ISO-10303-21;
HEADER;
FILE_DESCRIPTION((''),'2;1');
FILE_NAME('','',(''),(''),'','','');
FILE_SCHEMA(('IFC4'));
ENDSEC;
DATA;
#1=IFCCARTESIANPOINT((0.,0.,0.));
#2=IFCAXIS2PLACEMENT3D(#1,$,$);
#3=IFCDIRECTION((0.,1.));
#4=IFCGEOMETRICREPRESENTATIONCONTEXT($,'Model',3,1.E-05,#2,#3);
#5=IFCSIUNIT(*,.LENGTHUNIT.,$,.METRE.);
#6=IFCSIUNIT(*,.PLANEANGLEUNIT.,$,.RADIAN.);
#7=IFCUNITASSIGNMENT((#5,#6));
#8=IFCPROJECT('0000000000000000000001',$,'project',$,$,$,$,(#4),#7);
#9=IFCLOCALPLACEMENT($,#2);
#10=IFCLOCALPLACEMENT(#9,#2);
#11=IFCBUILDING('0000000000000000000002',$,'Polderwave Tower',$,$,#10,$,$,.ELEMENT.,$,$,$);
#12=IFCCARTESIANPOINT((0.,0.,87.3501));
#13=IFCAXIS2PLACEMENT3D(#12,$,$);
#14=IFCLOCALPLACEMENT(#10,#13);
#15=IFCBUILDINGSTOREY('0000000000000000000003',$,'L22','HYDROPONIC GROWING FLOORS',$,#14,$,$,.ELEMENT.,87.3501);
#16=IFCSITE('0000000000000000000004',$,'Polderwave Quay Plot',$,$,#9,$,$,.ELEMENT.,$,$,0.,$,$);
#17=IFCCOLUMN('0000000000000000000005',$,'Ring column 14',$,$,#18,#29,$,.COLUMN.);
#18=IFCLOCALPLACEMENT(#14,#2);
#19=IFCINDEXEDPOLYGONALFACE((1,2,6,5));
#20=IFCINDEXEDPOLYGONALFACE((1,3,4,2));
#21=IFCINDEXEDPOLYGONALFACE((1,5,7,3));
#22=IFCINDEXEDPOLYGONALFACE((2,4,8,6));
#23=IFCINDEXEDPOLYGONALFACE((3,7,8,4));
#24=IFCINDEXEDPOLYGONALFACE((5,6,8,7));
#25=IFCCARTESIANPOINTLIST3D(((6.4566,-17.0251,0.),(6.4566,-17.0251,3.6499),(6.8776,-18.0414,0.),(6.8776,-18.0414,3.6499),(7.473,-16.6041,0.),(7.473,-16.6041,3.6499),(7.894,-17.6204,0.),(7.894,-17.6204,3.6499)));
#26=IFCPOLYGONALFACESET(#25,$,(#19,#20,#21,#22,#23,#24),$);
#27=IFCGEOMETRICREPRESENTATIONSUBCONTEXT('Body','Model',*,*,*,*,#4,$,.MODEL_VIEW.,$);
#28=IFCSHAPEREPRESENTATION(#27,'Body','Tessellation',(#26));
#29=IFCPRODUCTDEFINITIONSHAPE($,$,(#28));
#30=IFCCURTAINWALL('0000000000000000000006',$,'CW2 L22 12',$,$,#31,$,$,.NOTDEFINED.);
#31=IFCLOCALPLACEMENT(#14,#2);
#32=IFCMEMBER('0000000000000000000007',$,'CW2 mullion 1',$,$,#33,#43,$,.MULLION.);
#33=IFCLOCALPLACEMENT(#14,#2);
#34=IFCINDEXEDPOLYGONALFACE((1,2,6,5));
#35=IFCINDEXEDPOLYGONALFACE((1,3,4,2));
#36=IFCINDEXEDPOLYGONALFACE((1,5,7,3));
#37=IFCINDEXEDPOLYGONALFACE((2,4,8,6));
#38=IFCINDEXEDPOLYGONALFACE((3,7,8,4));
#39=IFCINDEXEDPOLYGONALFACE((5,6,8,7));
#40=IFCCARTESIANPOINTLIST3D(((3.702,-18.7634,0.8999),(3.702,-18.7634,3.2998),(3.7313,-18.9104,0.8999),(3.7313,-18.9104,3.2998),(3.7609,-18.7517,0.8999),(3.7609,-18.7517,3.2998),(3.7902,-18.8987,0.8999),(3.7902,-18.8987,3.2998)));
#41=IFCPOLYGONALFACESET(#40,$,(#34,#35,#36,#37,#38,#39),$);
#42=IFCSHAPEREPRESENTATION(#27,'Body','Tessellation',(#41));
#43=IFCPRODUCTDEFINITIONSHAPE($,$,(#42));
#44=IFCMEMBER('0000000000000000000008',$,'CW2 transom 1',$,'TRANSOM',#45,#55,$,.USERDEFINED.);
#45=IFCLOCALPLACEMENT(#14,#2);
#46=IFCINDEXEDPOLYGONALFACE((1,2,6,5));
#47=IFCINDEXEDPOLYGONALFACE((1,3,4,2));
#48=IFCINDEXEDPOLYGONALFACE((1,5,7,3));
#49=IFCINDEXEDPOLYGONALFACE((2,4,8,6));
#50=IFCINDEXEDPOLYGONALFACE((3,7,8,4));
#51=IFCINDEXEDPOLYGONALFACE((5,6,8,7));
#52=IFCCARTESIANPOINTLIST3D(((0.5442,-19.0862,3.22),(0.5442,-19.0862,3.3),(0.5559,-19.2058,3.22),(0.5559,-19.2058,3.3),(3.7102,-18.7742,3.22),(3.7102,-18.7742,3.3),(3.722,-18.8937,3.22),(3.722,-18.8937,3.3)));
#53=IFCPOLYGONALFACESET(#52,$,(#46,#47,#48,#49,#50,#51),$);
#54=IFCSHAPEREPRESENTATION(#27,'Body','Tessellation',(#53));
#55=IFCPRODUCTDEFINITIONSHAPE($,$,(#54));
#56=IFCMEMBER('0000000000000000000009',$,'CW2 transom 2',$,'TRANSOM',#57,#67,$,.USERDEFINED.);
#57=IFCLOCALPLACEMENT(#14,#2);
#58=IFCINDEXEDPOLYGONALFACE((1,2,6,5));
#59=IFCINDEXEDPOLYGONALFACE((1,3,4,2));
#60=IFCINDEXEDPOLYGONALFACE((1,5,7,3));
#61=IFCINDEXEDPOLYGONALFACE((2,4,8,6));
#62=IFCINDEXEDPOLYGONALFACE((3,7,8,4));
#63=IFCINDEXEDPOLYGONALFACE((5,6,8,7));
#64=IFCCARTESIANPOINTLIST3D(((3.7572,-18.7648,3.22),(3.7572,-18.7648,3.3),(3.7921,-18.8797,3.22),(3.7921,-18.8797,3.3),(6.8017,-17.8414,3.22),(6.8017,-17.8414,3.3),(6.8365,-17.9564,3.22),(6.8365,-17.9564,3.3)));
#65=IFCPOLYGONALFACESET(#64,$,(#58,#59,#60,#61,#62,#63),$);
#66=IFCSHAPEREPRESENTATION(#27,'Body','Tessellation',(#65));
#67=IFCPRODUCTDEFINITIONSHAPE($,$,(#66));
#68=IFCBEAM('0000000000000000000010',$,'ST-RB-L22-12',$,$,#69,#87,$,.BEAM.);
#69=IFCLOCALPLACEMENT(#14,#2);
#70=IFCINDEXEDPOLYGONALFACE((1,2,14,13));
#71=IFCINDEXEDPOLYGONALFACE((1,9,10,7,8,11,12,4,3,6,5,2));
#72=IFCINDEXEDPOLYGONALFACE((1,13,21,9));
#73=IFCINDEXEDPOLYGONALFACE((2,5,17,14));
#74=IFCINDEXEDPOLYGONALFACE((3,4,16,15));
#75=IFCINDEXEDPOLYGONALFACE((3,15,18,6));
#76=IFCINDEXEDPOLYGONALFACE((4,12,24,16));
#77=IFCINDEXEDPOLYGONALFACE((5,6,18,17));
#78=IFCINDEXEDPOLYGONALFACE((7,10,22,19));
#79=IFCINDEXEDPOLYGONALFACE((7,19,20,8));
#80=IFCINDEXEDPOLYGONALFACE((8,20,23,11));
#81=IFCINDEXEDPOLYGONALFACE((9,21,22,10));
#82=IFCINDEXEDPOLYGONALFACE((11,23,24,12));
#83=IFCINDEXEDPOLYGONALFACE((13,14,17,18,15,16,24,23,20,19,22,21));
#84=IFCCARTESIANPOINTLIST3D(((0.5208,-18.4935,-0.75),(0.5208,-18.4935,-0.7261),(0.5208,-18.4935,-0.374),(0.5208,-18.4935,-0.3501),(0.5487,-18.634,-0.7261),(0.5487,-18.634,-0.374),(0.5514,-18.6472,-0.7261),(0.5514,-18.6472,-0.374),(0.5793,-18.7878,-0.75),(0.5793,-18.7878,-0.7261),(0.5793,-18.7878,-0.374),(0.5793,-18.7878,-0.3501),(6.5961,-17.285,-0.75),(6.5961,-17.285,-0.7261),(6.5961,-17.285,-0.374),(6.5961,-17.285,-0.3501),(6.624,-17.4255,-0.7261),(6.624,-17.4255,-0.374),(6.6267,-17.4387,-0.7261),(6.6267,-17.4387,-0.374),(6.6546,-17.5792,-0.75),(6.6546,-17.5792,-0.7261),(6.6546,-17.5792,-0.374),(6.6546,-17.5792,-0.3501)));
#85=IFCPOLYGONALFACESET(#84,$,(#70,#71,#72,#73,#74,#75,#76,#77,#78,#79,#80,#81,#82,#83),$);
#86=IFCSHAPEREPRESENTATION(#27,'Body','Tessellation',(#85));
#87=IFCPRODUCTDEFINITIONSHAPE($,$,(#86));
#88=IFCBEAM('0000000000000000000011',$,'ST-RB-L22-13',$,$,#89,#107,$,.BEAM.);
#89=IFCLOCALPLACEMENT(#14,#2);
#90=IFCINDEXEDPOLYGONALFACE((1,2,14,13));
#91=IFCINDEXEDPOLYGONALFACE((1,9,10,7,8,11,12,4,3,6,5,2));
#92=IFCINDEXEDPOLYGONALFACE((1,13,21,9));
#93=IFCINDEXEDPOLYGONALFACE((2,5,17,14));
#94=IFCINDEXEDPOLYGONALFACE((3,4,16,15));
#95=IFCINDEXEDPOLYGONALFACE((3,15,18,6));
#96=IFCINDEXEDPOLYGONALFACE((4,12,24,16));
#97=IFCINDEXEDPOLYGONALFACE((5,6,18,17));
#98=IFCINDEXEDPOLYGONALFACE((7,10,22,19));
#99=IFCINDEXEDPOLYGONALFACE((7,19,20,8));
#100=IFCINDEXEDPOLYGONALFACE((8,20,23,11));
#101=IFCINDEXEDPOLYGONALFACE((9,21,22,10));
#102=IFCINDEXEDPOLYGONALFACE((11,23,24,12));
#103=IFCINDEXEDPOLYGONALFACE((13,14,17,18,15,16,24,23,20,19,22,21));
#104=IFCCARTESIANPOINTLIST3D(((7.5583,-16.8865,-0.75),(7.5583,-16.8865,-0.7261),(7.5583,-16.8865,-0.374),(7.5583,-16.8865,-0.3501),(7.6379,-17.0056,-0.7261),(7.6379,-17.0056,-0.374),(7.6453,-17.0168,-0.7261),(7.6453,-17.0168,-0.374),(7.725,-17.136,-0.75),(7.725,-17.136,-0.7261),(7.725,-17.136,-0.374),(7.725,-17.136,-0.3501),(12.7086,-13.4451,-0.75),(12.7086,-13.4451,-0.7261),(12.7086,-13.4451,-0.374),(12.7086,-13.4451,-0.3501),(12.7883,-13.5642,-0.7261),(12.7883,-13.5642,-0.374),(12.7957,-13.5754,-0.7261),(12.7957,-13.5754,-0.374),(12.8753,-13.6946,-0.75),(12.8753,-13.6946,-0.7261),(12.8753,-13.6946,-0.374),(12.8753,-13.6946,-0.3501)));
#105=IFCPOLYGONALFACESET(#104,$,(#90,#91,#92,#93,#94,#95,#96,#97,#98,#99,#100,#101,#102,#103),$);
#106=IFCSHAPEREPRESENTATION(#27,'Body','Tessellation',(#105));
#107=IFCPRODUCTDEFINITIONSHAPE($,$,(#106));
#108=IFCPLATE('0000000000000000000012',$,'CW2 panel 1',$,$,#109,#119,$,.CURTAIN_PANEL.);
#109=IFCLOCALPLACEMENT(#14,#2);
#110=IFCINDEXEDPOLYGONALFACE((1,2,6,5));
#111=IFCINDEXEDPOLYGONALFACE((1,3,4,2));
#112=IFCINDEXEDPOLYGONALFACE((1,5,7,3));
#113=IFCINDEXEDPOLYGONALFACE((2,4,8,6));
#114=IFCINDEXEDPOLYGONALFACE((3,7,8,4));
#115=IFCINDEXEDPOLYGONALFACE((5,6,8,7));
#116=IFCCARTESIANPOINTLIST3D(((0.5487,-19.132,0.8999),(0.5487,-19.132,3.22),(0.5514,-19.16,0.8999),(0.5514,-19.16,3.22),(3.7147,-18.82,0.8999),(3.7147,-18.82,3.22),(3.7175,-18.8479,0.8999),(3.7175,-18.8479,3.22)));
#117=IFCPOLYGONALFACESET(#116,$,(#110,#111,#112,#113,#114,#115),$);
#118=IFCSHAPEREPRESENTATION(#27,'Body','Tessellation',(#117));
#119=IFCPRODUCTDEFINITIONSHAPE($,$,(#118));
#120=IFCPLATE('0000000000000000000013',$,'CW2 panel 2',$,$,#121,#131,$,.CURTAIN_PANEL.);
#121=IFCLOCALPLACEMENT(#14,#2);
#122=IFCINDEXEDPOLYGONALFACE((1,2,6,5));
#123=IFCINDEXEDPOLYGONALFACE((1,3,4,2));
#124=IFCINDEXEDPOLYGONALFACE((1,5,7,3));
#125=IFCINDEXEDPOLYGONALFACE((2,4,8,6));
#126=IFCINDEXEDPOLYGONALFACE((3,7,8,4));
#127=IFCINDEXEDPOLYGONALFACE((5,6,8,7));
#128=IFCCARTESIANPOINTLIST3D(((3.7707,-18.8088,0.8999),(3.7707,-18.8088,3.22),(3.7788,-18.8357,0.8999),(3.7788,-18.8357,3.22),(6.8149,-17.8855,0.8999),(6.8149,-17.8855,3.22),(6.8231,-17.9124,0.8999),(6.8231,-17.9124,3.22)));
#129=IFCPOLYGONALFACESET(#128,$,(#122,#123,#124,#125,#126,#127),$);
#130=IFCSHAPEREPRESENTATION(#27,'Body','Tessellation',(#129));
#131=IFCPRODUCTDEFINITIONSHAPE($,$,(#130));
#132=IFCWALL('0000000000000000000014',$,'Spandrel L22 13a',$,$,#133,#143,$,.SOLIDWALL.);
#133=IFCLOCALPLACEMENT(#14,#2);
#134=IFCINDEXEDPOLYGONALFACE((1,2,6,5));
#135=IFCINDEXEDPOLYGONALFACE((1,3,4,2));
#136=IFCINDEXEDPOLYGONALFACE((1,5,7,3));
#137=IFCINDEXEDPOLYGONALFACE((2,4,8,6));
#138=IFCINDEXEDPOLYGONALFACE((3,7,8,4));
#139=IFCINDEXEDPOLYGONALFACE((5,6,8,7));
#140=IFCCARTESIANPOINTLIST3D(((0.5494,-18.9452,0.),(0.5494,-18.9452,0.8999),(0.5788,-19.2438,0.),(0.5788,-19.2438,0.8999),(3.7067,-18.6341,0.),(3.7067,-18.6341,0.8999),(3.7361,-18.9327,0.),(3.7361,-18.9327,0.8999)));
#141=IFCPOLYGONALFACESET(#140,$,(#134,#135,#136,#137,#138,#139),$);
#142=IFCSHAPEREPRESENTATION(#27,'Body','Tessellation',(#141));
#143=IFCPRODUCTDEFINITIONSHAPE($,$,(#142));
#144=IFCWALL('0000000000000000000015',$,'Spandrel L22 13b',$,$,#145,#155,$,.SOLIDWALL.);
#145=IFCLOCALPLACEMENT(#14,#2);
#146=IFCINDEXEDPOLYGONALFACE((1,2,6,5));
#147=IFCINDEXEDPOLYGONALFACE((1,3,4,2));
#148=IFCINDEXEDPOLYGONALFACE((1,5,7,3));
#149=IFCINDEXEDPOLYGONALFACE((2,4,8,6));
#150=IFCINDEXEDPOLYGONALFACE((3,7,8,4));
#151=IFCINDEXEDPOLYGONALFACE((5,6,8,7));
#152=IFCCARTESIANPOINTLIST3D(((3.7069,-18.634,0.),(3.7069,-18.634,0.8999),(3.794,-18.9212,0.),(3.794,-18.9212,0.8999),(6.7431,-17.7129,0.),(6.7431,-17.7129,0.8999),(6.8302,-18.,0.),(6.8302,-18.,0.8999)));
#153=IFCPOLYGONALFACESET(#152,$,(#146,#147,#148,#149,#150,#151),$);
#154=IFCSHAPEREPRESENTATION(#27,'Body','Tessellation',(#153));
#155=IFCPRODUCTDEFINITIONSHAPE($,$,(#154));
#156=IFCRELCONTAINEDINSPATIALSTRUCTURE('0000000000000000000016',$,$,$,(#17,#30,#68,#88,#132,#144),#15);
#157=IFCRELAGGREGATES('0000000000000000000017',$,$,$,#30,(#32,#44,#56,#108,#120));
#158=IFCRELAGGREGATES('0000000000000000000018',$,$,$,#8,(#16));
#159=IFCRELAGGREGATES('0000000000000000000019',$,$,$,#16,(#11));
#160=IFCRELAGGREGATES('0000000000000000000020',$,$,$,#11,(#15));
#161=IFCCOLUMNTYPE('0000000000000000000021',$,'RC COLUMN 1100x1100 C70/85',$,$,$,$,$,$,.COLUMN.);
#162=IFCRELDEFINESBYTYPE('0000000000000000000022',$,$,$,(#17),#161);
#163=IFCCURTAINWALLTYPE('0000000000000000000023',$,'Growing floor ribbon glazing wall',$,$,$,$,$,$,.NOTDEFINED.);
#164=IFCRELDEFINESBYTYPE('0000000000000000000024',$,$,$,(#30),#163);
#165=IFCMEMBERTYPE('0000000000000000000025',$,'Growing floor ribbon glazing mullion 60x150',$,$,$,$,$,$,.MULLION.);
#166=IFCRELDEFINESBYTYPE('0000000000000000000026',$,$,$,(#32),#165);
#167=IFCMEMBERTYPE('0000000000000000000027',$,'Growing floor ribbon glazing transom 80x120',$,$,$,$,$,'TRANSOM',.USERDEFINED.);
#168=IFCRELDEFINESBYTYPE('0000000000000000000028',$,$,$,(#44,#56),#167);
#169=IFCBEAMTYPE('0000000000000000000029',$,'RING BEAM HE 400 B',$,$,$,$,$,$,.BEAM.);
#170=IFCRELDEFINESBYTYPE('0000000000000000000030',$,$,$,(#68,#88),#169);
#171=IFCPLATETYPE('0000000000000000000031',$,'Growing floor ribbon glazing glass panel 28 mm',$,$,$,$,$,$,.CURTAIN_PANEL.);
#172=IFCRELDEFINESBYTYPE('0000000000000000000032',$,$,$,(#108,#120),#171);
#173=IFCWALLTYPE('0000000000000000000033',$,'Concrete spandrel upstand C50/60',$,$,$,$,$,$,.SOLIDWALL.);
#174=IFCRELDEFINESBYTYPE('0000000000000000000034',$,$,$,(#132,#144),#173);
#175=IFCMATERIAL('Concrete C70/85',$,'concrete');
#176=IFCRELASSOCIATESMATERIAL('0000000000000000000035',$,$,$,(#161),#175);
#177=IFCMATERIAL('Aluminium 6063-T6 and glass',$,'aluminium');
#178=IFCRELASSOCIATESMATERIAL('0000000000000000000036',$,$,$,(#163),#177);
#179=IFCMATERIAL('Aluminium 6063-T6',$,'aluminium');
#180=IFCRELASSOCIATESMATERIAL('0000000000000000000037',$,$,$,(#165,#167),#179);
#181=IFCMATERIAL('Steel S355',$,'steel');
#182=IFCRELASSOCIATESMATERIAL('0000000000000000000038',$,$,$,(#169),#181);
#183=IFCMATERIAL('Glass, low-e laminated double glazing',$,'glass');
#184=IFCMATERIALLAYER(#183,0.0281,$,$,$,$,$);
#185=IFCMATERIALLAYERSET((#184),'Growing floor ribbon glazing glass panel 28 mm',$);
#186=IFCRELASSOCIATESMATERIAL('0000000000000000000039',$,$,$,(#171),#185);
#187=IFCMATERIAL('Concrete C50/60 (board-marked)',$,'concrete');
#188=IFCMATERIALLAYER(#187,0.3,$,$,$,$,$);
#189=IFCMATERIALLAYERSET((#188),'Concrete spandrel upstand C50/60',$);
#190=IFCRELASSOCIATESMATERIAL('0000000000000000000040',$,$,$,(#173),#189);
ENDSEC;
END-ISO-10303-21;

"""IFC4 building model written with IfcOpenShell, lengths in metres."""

from ifc_helpers import new_model, si_unit, direction, frame, frame_2d, origin, origin_2d, place, context, subcontext, project, spatial, rectangle, i_section, extrude, material, layer, layer_set, material_profile, profile_set, type_object, element, aggregate, save


model = new_model("IFC4")

# Units and contexts
model_context = context("Model", 3, precision=1e-05, world=origin(), true_north=direction((0.0, 1.0)))
body_context = subcontext(model_context, "Body", "Model", "MODEL_VIEW")
ifc_project = project(units=[si_unit("LENGTHUNIT", "METRE"), si_unit("PLANEANGLEUNIT", "RADIAN")], contexts=[model_context])

# Site, building, storey
site_placement = place(None, origin())
site = spatial("IfcSite", under=ifc_project, at=site_placement, Name="Polderwave Quay Plot", CompositionType="ELEMENT", RefElevation=0.0)
building_placement = place(site_placement, origin())
building = spatial("IfcBuilding", under=site, at=building_placement, Name="Polderwave Tower", CompositionType="ELEMENT")
storey_placement = place(building_placement, frame((0.0, 0.0, 87.3501)))
storey = spatial("IfcBuildingStorey", under=building, at=storey_placement, Name="L22", Description="HYDROPONIC GROWING FLOORS", CompositionType="ELEMENT", Elevation=87.3501)

# Column
ifc_material_1 = material(Name="Concrete C70/85", Category="concrete")
ifc_material_profile_1 = material_profile(ifc_material_1, rectangle(XDim=1.1001, YDim=1.1001, at=origin_2d()), Name="RC 1100x1100")
ifc_profile_set_1 = profile_set([ifc_material_profile_1], Name="Concrete C70/85")
column_type = type_object("IfcColumnType", Name="RC COLUMN 1100x1100 C70/85", PredefinedType="COLUMN", material=ifc_profile_set_1)
column_placement = place(storey_placement, frame((7.1753, -17.3228, 0.0), z_axis=(0.0, 0.0, 1.0), x_axis=(0.382683, -0.92388, 0.0)))
element("IfcColumn", 1, at=column_placement, inside=storey, type_object=column_type, Name="Ring column 14", PredefinedType="COLUMN", context=body_context, shape_type="SweptSolid", body=[
    extrude(rectangle(XDim=1.1001, YDim=1.1001, at=origin_2d()), origin(), (0.0, 0.0, 1.0), 3.6499),
])

# Curtain wall, members
ifc_material_2 = material(Name="Aluminium 6063-T6 and glass", Category="aluminium")
curtain_wall_type = type_object("IfcCurtainWallType", Name="Growing floor ribbon glazing wall", PredefinedType="NOTDEFINED", material=ifc_material_2)
curtain_wall_placement = place(storey_placement, origin())
curtain_wall = element("IfcCurtainWall", 2, at=curtain_wall_placement, inside=storey, type_object=curtain_wall_type, Name="CW2 L22 12", PredefinedType="NOTDEFINED")
ifc_material_3 = material(Name="Aluminium 6063-T6", Category="aluminium")
ifc_material_profile_2 = material_profile(ifc_material_3, rectangle(XDim=0.1499, YDim=0.0601, at=origin_2d()), Name="AL 60x150")
ifc_profile_set_2 = profile_set([ifc_material_profile_2], Name="Aluminium 6063-T6")
member_type_1 = type_object("IfcMemberType", Name="Growing floor ribbon glazing mullion 60x150", PredefinedType="MULLION", material=ifc_profile_set_2)
member_1_placement = place(storey_placement, frame((3.7461, -18.8311, 0.8999), z_axis=(0.0, 0.0, 1.0), x_axis=(-0.195097, 0.980784, 0.0)))
member_1 = element("IfcMember", 3, at=member_1_placement, type_object=member_type_1, Name="CW2 mullion 1", PredefinedType="MULLION", context=body_context, shape_type="SweptSolid", body=[
    extrude(rectangle(XDim=0.1499, YDim=0.0601, at=origin_2d()), origin(), (0.0, 0.0, 1.0), 2.3999),
])
ifc_material_profile_3 = material_profile(ifc_material_3, rectangle(XDim=0.1201, YDim=0.0801, at=origin_2d()), Name="AL 80x120")
ifc_profile_set_3 = profile_set([ifc_material_profile_3], Name="Aluminium 6063-T6")
member_type_2 = type_object("IfcMemberType", Name="Growing floor ribbon glazing transom 80x120", ElementType="TRANSOM", PredefinedType="USERDEFINED", material=ifc_profile_set_3)
member_2_placement = place(storey_placement, frame((0.55, -19.146, 3.26), z_axis=(0.995179, 0.098075, 0.0), x_axis=(-0.098075, 0.995179, 0.0)))
member_2 = element("IfcMember", 4, at=member_2_placement, type_object=member_type_2, Name="CW2 transom 1", ObjectType="TRANSOM", PredefinedType="USERDEFINED", context=body_context, shape_type="SweptSolid", body=[
    extrude(rectangle(XDim=0.1201, YDim=0.0801, at=origin_2d()), origin(), (0.0, 0.0, 1.0), 3.1814),
])
member_3_placement = place(storey_placement, frame((3.7747, -18.8223, 3.26), z_axis=(0.956956, 0.290233, 0.0), x_axis=(-0.290233, 0.956956, 0.0)))
member_3 = element("IfcMember", 5, at=member_3_placement, type_object=member_type_2, Name="CW2 transom 2", ObjectType="TRANSOM", PredefinedType="USERDEFINED", context=body_context, shape_type="SweptSolid", body=[
    extrude(rectangle(XDim=0.1201, YDim=0.0801, at=origin_2d()), origin(), (0.0, 0.0, 1.0), 3.1814),
])

# Beams
ifc_material_4 = material(Name="Steel S355", Category="steel")
ifc_material_profile_4 = material_profile(ifc_material_4, i_section(OverallWidth=0.3, OverallDepth=0.3999, WebThickness=0.0134, FlangeThickness=0.0239, at=origin_2d()), Name="HE 400 B")
ifc_profile_set_4 = profile_set([ifc_material_profile_4], Name="Steel S355")
beam_type = type_object("IfcBeamType", Name="RING BEAM HE 400 B", PredefinedType="BEAM", material=ifc_profile_set_4)
for number, where, z_axis, x_axis, name in (
    (6, (0.55, -18.6406, -0.55), (0.980783, 0.1951, 0.0), (-0.1951, 0.980783, 0.0), "ST-RB-L22-12"),
    (7, (7.6416, -17.0112, -0.55), (0.831468, 0.555573, 0.0), (-0.555573, 0.831468, 0.0), "ST-RB-L22-13"),
):
    element("IfcBeam", number, at=place(storey_placement, frame(where, z_axis=z_axis, x_axis=x_axis)), inside=storey, type_object=beam_type, Name=name, PredefinedType="BEAM", context=body_context, shape_type="SweptSolid", body=[
        extrude(i_section(OverallWidth=0.3, OverallDepth=0.3999, WebThickness=0.0134, FlangeThickness=0.0239, at=origin_2d()), origin(), (0.0, 0.0, 1.0), 6.1943),
    ])

# Plates
ifc_material_5 = material(Name="Glass, low-e laminated double glazing", Category="glass")
ifc_layer_1 = layer(ifc_material_5, 0.0281)
ifc_layer_set_1 = layer_set([ifc_layer_1], Name="Growing floor ribbon glazing glass panel 28 mm")
plate_type = type_object("IfcPlateType", Name="Growing floor ribbon glazing glass panel 28 mm", PredefinedType="CURTAIN_PANEL", material=ifc_layer_set_1)
plate_1_placement = place(storey_placement, frame((2.1331, -18.99, 0.8999), z_axis=(0.0, 0.0, 1.0), x_axis=(0.995178, 0.098085, 0.0)))
plate_1 = element("IfcPlate", 8, at=plate_1_placement, type_object=plate_type, Name="CW2 panel 1", PredefinedType="CURTAIN_PANEL", context=body_context, shape_type="SweptSolid", body=[
    extrude(rectangle(XDim=3.1814, YDim=0.0281, at=origin_2d()), origin(), (0.0, 0.0, 1.0), 2.3201),
])
plate_2_placement = place(storey_placement, frame((5.2969, -18.3606, 0.8999), z_axis=(0.0, 0.0, 1.0), x_axis=(0.956956, 0.290233, 0.0)))
plate_2 = element("IfcPlate", 9, at=plate_2_placement, type_object=plate_type, Name="CW2 panel 2", PredefinedType="CURTAIN_PANEL", context=body_context, shape_type="SweptSolid", body=[
    extrude(rectangle(XDim=3.1812, YDim=0.0281, at=origin_2d()), origin(), (0.0, 0.0, 1.0), 2.3201),
])
aggregate(curtain_wall, [member_1, member_2, member_3, plate_1, plate_2])

# Walls
ifc_material_6 = material(Name="Concrete C50/60 (board-marked)", Category="concrete")
ifc_layer_2 = layer(ifc_material_6, 0.3)
ifc_layer_set_2 = layer_set([ifc_layer_2], Name="Concrete spandrel upstand C50/60")
wall_type_1 = type_object("IfcWallType", Name="Concrete spandrel upstand C50/60", PredefinedType="SOLIDWALL", material=ifc_layer_set_2)
wall_1_placement = place(storey_placement, frame((0.564, -19.0945, 0.0), z_axis=(0.0, 0.0, 1.0), x_axis=(0.995182, 0.098041, 0.0)))
element("IfcWall", 10, at=wall_1_placement, inside=storey, type_object=wall_type_1, Name="Spandrel L22 13a", PredefinedType="SOLIDWALL", context=body_context, shape_type="SweptSolid", body=[
    extrude(rectangle(XDim=3.1726, YDim=0.3, at=frame_2d((1.5864, 0.0))), origin(), (0.0, 0.0, 1.0), 0.8999),
])
wall_2_placement = place(storey_placement, frame((3.7505, -18.7776, 0.0), z_axis=(0.0, 0.0, 1.0), x_axis=(0.956928, 0.290326, 0.0)))
element("IfcWall", 11, at=wall_2_placement, inside=storey, type_object=wall_type_1, Name="Spandrel L22 13b", PredefinedType="SOLIDWALL", context=body_context, shape_type="SweptSolid", body=[
    extrude(rectangle(XDim=3.1729, YDim=0.3, at=frame_2d((1.5864, 0.0))), origin(), (0.0, 0.0, 1.0), 0.8999),
])

save(model, "model.ifc")
